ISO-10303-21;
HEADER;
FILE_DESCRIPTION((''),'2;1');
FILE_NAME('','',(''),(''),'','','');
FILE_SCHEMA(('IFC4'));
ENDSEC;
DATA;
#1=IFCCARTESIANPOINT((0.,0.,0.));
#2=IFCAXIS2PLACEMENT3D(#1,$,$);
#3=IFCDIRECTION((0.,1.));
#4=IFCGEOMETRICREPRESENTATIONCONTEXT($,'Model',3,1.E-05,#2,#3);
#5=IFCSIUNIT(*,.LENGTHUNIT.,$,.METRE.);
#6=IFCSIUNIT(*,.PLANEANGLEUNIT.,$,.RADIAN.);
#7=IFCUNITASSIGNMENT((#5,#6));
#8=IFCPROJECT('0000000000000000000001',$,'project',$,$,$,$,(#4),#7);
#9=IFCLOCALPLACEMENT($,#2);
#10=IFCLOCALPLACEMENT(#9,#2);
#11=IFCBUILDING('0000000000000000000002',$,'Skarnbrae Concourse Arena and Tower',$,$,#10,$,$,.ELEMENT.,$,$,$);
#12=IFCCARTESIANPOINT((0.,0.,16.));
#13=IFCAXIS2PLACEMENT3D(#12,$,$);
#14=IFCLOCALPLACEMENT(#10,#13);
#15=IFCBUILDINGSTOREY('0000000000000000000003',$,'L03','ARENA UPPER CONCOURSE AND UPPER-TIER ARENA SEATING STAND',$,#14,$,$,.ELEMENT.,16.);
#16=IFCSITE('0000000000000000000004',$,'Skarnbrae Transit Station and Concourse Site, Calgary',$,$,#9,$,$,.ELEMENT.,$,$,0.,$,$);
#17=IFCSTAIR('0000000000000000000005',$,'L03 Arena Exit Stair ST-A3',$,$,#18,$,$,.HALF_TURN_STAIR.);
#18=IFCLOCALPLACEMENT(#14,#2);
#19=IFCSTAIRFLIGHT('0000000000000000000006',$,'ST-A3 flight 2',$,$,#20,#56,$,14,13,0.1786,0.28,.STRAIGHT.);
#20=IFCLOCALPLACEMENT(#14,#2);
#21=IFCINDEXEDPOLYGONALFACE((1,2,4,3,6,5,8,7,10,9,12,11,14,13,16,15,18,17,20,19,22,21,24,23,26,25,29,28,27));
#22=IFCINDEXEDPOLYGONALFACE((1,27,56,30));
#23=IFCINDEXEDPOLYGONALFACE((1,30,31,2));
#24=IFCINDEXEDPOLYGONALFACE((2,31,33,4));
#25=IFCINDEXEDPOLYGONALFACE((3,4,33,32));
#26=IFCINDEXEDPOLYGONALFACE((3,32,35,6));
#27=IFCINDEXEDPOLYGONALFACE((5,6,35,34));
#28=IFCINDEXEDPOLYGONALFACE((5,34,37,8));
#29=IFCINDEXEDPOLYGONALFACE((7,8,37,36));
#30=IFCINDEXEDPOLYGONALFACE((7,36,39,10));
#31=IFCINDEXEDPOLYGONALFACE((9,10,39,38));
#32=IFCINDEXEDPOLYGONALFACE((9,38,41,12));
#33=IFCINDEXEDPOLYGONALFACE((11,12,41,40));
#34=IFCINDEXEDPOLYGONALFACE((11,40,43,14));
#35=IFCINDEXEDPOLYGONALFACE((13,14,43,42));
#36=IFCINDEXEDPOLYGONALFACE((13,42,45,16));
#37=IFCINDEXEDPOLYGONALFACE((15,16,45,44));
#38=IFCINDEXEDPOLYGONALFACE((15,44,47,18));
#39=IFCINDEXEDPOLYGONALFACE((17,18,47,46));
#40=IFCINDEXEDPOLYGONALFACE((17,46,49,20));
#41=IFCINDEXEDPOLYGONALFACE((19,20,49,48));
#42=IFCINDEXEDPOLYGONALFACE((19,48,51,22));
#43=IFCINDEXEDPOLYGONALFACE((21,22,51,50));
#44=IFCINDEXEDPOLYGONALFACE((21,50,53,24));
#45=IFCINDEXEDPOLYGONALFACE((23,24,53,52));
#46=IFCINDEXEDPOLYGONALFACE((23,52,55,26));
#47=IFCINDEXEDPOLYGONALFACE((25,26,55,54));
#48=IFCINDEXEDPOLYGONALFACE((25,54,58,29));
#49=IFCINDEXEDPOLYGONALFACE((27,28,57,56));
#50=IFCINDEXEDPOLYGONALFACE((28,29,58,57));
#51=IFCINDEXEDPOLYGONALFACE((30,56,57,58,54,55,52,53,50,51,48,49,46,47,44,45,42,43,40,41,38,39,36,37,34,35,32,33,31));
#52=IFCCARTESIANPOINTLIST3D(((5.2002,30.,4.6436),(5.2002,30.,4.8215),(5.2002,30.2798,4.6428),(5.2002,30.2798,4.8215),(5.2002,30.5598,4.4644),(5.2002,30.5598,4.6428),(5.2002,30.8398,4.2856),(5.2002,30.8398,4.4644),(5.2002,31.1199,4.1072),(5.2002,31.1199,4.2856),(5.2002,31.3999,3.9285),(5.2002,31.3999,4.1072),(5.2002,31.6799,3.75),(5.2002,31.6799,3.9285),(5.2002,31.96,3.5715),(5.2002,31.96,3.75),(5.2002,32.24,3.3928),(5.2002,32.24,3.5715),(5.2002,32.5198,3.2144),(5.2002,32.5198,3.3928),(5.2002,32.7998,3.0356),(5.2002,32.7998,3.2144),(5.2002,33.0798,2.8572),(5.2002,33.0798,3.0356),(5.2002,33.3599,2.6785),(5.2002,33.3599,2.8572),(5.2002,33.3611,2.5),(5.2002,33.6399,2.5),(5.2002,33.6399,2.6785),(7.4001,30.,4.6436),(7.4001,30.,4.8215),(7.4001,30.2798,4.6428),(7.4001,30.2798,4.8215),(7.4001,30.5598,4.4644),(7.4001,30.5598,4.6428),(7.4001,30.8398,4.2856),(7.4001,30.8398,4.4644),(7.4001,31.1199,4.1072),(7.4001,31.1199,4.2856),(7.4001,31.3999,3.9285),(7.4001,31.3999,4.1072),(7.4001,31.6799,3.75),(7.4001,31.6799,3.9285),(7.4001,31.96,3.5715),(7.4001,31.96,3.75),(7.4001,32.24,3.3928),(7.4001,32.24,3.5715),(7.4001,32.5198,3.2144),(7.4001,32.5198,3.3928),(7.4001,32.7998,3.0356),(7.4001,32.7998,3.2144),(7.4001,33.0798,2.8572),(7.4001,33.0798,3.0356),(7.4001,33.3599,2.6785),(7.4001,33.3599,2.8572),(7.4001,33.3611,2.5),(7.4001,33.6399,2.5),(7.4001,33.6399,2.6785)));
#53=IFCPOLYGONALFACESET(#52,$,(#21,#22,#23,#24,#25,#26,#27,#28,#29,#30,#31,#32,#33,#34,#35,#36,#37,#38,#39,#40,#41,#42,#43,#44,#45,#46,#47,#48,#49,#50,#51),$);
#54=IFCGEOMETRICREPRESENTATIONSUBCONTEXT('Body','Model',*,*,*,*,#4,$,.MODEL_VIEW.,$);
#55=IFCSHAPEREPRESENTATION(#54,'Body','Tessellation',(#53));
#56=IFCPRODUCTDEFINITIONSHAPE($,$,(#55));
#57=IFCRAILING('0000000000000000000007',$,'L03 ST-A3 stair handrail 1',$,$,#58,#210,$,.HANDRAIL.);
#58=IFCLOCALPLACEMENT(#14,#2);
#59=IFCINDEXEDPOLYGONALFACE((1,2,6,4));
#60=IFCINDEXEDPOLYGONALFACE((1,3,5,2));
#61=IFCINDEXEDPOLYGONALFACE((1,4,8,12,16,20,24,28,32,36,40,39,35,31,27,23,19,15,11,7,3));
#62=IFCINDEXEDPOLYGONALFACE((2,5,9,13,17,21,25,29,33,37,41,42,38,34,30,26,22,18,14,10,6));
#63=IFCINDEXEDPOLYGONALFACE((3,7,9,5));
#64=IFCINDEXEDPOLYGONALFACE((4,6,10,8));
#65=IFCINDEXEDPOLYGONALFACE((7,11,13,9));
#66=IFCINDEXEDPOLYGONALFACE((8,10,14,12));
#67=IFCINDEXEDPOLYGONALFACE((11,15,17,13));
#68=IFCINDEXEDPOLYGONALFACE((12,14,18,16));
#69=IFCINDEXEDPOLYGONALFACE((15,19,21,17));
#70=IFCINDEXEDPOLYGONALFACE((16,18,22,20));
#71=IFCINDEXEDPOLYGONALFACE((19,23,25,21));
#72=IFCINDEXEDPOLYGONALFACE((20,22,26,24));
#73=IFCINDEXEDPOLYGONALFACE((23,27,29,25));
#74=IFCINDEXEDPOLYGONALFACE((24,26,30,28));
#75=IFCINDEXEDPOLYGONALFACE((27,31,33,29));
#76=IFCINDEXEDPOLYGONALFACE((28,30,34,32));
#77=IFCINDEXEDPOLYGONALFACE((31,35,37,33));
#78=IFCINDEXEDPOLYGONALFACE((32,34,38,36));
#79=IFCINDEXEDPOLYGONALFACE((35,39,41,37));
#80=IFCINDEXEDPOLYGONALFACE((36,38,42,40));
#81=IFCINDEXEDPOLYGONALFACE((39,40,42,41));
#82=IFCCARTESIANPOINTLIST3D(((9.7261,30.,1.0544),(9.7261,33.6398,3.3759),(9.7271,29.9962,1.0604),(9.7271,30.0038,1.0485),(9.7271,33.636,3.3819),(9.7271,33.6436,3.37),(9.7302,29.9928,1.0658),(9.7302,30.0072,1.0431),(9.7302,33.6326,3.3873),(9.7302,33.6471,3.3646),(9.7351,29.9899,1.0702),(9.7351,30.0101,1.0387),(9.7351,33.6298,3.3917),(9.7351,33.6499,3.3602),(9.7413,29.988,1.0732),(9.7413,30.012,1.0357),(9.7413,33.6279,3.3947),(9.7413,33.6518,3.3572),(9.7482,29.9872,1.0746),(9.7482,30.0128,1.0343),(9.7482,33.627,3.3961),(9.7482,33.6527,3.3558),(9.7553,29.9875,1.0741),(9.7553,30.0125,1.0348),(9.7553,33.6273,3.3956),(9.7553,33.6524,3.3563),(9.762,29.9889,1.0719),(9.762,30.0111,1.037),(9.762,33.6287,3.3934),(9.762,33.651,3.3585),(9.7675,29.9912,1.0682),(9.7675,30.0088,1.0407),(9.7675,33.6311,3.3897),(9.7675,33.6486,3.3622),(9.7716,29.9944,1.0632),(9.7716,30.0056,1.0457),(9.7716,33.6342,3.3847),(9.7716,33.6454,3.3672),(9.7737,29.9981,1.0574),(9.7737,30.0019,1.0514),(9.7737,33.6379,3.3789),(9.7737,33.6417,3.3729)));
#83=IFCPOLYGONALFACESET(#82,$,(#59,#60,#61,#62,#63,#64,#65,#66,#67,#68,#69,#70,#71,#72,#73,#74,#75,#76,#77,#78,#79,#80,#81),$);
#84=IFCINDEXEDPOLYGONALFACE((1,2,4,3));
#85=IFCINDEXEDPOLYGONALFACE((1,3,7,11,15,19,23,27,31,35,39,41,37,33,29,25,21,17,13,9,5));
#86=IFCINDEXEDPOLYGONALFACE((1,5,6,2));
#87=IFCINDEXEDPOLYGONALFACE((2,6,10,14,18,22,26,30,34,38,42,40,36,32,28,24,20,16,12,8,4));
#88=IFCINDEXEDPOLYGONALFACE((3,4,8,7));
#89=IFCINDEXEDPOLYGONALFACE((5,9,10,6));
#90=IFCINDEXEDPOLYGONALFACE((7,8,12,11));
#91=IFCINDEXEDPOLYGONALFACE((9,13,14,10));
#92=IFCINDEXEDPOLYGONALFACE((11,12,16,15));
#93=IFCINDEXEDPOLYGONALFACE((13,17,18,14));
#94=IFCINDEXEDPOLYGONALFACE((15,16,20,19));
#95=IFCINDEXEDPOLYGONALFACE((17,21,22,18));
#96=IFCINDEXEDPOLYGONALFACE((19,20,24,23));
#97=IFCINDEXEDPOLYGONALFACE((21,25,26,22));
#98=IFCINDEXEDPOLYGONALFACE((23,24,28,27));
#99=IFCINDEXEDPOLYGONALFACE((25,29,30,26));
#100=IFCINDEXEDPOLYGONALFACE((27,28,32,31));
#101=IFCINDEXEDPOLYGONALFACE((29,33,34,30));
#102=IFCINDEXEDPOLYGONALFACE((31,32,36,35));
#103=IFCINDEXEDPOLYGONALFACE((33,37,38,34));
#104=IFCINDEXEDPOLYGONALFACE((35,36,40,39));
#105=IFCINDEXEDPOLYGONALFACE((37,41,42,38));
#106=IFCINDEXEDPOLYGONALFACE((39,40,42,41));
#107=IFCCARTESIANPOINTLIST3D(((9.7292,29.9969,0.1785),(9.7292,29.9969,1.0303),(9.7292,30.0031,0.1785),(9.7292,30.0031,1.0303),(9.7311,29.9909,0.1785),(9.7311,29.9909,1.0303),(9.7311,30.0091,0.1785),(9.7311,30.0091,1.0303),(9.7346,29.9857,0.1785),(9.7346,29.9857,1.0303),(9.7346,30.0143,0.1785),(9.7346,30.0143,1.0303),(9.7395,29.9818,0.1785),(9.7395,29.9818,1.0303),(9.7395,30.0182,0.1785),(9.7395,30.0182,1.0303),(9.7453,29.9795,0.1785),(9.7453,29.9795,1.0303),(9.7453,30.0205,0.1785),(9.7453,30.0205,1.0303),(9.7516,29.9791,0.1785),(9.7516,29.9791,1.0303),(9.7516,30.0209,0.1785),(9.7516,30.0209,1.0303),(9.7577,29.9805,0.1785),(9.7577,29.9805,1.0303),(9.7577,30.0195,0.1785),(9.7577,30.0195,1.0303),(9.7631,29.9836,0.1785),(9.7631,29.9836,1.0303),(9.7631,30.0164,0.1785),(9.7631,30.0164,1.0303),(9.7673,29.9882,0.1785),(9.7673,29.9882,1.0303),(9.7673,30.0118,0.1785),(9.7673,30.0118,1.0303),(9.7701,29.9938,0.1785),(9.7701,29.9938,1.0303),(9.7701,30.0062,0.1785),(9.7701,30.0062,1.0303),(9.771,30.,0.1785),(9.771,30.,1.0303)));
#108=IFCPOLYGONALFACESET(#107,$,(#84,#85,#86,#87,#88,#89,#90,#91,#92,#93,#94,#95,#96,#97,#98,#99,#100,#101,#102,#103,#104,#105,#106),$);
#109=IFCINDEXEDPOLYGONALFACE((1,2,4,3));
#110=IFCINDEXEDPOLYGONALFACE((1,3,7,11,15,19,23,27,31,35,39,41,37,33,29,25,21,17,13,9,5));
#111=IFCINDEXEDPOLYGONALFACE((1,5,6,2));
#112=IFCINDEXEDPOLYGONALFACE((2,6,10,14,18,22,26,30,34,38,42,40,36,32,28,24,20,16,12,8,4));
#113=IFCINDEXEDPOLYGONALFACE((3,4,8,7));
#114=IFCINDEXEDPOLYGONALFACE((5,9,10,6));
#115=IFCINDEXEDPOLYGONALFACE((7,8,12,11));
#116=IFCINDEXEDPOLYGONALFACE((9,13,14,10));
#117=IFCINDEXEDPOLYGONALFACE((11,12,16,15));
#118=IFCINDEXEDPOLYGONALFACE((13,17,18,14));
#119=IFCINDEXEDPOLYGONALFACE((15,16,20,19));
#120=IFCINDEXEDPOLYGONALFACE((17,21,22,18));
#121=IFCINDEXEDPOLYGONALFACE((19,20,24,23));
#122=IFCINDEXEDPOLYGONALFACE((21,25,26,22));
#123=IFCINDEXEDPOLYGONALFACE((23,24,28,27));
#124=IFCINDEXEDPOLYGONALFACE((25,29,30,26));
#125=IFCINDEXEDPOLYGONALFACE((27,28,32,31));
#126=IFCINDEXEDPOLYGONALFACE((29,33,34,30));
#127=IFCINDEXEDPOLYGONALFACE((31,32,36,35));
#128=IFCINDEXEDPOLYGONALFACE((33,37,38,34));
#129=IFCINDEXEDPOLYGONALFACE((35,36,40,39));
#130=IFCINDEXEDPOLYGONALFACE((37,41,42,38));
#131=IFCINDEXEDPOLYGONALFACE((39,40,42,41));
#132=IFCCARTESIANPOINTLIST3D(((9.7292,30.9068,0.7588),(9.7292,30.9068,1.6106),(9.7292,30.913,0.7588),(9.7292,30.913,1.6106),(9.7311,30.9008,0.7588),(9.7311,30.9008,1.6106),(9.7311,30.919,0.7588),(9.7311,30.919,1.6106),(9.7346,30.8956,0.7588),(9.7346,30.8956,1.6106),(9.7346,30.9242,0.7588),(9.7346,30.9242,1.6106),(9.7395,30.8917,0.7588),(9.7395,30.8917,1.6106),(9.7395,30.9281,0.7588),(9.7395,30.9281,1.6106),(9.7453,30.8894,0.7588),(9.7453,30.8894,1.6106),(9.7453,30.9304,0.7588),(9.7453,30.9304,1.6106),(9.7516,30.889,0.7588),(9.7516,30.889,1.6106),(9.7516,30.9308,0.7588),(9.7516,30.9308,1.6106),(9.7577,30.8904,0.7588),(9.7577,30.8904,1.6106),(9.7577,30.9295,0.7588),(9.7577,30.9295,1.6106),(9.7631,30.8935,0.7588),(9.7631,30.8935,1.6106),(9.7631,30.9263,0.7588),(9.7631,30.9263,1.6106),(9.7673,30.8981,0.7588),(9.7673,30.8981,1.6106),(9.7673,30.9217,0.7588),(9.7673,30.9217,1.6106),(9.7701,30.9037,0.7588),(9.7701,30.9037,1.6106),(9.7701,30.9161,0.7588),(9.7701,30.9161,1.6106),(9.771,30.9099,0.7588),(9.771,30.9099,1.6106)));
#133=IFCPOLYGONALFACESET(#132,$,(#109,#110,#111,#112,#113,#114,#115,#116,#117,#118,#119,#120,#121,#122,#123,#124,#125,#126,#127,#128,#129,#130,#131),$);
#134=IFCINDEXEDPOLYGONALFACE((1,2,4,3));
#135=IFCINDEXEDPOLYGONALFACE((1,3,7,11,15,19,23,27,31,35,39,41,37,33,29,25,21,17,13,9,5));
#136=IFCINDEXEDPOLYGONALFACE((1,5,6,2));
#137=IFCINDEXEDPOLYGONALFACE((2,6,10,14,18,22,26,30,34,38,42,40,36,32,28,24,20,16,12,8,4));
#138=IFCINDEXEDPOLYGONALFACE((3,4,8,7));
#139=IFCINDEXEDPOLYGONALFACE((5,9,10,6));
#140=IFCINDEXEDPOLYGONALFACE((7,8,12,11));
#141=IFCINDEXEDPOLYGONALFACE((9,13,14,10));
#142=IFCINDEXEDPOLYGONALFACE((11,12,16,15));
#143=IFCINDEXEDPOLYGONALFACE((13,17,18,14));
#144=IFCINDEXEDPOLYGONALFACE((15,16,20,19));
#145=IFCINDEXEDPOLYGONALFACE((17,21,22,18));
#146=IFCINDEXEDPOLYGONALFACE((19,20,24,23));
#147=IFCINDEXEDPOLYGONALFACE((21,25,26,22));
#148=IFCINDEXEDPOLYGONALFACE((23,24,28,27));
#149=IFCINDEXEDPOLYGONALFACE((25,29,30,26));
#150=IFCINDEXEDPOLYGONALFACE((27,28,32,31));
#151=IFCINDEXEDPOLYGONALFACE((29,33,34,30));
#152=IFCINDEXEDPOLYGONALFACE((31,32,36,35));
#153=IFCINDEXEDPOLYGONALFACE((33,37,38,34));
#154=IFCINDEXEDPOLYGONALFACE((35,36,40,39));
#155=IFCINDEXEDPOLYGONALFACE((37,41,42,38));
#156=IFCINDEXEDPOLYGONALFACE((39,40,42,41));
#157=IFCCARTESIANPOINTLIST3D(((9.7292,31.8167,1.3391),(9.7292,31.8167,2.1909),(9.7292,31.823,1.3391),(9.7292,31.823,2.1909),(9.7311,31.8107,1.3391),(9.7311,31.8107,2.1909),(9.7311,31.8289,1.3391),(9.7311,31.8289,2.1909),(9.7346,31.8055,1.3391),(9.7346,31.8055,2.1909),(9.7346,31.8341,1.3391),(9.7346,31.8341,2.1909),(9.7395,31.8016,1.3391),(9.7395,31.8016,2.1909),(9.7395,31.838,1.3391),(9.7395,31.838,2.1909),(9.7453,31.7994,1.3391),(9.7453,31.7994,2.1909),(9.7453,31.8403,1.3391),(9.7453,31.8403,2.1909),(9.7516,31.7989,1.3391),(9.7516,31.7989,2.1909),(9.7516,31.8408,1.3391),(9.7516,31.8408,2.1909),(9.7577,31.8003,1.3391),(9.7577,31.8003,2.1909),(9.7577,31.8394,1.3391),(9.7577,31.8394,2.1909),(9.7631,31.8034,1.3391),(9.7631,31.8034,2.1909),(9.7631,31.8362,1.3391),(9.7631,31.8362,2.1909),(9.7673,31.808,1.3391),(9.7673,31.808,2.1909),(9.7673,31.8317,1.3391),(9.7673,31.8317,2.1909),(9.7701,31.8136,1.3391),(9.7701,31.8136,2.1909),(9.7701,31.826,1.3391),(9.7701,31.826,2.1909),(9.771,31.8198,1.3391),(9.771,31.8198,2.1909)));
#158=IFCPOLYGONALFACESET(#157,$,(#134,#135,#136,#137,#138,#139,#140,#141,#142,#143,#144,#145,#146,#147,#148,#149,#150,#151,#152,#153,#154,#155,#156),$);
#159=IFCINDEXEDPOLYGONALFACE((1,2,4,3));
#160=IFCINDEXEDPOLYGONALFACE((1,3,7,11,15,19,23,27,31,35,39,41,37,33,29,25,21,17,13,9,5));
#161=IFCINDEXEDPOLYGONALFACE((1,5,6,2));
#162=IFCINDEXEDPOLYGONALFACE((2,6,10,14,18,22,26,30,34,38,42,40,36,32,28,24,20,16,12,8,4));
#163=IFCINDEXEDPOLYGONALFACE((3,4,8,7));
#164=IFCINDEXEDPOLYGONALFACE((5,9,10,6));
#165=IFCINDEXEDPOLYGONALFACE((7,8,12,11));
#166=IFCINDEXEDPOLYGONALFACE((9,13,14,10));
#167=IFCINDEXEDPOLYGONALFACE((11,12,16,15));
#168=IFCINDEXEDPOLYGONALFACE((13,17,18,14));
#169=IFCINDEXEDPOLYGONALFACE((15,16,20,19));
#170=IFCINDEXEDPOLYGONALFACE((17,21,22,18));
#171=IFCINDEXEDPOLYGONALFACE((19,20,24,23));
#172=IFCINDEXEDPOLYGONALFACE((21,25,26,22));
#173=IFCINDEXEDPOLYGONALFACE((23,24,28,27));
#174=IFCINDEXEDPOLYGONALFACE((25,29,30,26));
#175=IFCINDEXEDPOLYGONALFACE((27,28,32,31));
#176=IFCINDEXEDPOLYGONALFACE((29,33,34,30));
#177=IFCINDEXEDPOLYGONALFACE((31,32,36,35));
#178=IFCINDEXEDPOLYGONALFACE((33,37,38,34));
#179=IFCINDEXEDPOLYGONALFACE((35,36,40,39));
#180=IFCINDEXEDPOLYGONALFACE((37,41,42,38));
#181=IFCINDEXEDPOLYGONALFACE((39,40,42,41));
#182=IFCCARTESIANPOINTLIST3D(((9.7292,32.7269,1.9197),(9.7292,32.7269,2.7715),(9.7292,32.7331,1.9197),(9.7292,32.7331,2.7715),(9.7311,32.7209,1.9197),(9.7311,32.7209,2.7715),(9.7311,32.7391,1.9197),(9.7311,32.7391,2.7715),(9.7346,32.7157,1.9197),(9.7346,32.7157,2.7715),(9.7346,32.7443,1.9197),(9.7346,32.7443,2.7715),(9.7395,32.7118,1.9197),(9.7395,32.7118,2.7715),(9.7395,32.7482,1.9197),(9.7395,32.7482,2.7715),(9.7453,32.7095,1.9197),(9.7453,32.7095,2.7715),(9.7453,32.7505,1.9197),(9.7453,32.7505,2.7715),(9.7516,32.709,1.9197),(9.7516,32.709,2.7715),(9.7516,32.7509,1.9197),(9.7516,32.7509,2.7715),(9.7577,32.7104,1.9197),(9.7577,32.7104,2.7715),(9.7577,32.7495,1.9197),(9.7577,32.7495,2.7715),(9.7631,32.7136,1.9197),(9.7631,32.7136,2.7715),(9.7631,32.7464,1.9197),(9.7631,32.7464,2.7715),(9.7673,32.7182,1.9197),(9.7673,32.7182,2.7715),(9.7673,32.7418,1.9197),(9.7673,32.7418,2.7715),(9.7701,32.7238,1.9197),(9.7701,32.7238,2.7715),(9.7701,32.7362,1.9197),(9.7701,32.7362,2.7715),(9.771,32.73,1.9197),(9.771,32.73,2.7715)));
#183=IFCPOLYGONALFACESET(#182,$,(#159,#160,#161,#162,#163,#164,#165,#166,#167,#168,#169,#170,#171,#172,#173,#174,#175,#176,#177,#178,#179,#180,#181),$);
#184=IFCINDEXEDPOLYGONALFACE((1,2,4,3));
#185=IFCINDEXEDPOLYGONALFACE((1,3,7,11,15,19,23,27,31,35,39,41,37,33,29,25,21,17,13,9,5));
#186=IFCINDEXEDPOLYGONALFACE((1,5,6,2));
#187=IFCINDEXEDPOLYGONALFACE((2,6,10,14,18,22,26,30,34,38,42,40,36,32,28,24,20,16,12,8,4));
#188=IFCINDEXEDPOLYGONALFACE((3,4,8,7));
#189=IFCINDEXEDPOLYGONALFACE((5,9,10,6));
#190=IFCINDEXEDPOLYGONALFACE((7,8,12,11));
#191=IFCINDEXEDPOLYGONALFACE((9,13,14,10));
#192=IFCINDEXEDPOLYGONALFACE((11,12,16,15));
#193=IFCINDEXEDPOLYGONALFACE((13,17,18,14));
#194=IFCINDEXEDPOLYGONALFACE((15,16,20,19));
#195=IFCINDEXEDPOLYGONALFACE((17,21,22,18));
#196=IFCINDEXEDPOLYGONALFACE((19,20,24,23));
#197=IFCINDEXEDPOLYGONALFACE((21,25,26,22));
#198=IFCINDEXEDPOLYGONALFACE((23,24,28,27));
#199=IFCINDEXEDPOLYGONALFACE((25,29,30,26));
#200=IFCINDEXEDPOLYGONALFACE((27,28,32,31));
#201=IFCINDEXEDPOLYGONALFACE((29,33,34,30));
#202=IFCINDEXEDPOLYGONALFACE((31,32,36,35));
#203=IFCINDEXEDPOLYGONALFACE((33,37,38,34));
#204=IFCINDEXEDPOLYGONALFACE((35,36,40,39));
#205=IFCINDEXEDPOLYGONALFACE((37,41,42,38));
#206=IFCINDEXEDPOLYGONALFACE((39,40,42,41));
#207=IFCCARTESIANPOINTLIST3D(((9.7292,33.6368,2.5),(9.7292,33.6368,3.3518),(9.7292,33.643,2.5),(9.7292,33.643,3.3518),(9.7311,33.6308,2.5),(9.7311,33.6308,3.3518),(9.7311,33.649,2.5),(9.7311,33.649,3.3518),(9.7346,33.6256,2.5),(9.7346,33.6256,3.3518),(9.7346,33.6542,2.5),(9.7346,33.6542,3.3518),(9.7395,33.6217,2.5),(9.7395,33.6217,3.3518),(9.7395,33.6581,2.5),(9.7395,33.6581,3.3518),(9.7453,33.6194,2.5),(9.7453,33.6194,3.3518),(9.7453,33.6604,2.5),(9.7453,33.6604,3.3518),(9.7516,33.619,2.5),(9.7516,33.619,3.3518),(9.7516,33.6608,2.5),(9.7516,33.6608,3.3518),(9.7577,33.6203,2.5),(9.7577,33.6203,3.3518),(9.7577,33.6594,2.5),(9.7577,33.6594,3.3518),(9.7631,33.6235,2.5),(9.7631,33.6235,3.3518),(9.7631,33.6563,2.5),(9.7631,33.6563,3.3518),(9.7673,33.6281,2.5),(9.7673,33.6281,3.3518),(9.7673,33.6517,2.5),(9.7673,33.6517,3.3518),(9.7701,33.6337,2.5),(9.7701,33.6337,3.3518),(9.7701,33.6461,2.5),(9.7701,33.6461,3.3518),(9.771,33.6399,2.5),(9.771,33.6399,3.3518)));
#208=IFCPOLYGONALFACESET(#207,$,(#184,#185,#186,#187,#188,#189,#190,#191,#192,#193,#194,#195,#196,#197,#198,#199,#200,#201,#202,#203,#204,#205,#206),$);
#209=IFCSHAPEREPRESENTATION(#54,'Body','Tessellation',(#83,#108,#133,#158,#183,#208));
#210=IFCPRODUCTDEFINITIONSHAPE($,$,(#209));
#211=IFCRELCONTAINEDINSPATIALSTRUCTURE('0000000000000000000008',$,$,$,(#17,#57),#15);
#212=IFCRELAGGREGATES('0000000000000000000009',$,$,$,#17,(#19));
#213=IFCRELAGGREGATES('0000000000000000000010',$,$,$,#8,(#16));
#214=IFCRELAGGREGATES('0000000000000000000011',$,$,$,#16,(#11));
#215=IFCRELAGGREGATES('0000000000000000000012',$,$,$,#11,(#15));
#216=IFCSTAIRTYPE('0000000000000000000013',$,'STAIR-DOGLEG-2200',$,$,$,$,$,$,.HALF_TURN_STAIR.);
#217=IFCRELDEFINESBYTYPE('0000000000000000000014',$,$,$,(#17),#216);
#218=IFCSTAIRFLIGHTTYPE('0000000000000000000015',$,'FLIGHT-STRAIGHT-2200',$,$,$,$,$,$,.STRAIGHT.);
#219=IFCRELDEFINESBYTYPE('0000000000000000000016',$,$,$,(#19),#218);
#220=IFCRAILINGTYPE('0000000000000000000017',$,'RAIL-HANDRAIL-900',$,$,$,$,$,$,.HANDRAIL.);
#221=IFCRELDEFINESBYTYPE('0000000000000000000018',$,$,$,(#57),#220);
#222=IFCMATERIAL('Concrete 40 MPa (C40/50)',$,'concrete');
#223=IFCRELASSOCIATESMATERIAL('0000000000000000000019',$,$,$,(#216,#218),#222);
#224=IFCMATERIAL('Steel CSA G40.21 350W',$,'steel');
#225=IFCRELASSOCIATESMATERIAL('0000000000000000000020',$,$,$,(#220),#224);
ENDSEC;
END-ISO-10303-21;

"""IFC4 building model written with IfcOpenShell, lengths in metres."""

from ifc_helpers import new_model, si_unit, direction, frame, origin, origin_2d, place, context, subcontext, project, spatial, polyline, circle, outline, extrude, source, transform, mapped, material, type_object, element, aggregate, save


model = new_model("IFC4")

# Units and contexts
model_context = context("Model", 3, precision=1e-05, world=origin(), true_north=direction((0.0, 1.0)))
body_context = subcontext(model_context, "Body", "Model", "MODEL_VIEW")
ifc_project = project(units=[si_unit("LENGTHUNIT", "METRE"), si_unit("PLANEANGLEUNIT", "RADIAN")], contexts=[model_context])

# Site, building, storey
site_placement = place(None, origin())
site = spatial("IfcSite", under=ifc_project, at=site_placement, Name="Skarnbrae Transit Station and Concourse Site, Calgary", CompositionType="ELEMENT", RefElevation=0.0)
building_placement = place(site_placement, origin())
building = spatial("IfcBuilding", under=site, at=building_placement, Name="Skarnbrae Concourse Arena and Tower", CompositionType="ELEMENT")
storey_placement = place(building_placement, frame((0.0, 0.0, 16.0)))
storey = spatial("IfcBuildingStorey", under=building, at=storey_placement, Name="L03", Description="ARENA UPPER CONCOURSE AND UPPER-TIER ARENA SEATING STAND", CompositionType="ELEMENT", Elevation=16.0)

# Shared definitions
ifc_material_1 = material(Name="Steel CSA G40.21 350W", Category="steel")

# Stair, stair flight
ifc_material_2 = material(Name="Concrete 40 MPa (C40/50)", Category="concrete")
stair_type = type_object("IfcStairType", Name="STAIR-DOGLEG-2200", PredefinedType="HALF_TURN_STAIR", material=ifc_material_2)
stair_placement = place(storey_placement, origin())
stair = element("IfcStair", 1, at=stair_placement, inside=storey, type_object=stair_type, Name="L03 Arena Exit Stair ST-A3", PredefinedType="HALF_TURN_STAIR")
stair_flight_type = type_object("IfcStairFlightType", Name="FLIGHT-STRAIGHT-2200", PredefinedType="STRAIGHT", material=ifc_material_2)
shared_shape_1 = source(origin(), body_context, "Body", "SweptSolid", [
    extrude(outline(polyline([(0.0, 0.0), (0.0, 0.1785), (0.28, 0.1785), (0.28, 0.3572), (0.5601, 0.3572), (0.5601, 0.5356), (0.8401, 0.5356), (0.8401, 0.7144), (1.1201, 0.7144), (1.1201, 0.8928), (1.3999, 0.8928), (1.3999, 1.0715), (1.6799, 1.0715), (1.6799, 1.25), (1.96, 1.25), (1.96, 1.4285), (2.24, 1.4285), (2.24, 1.6072), (2.52, 1.6072), (2.52, 1.7856), (2.8, 1.7856), (2.8, 1.9644), (3.0801, 1.9644), (3.0801, 2.1428), (3.3601, 2.1428), (3.3601, 2.3215), (3.6399, 2.3215), (3.6399, 2.5), (3.6399, 2.1436), (0.2788, 0.0), (0.0, 0.0)])), frame((0.0, 1.1001, 0.0), z_axis=(0.0, -1.0, 0.0), x_axis=(1.0, 0.0, 0.0)), (0.0, 0.0, 1.0), 2.2),
])
stair_flight_1_placement = place(storey_placement, frame((6.3, 33.6399, 2.5), z_axis=(0.0, 0.0, 1.0), x_axis=(0.0, -1.0, 0.0)))
stair_flight_1 = element("IfcStairFlight", 2, at=stair_flight_1_placement, type_object=stair_flight_type, Name="ST-A3 flight 2", NumberOfRisers=14, NumberOfTreads=13, PredefinedType="STRAIGHT", RiserHeight=0.1786, TreadLength=0.28, context=body_context, shape_type="MappedRepresentation", body=[
    mapped(shared_shape_1, transform((0.0, 0.0, 0.0))),
])
aggregate(stair, [stair_flight_1])

# Railing
railing_type_1 = type_object("IfcRailingType", Name="RAIL-HANDRAIL-900", PredefinedType="HANDRAIL", material=ifc_material_1)
railing_1_placement = place(storey_placement, frame((9.75, 30.0, 0.1785)))
element("IfcRailing", 3, at=railing_1_placement, inside=storey, type_object=railing_type_1, Name="L03 ST-A3 stair handrail 1", PredefinedType="HANDRAIL", context=body_context, shape_type="SweptSolid", body=[
    extrude(circle(Radius=0.0239, at=origin_2d()), frame((0.0, 0.0, 0.876), z_axis=(0.0, 0.843112, 0.537739), x_axis=(-1.0, 0.0, 0.0)), (0.0, 0.0, 1.0), 4.3171),
    extrude(circle(Radius=0.021, at=origin_2d()), origin(), (0.0, 0.0, 1.0), 0.8518),
    extrude(circle(Radius=0.021, at=origin_2d()), frame((0.0, 0.9099, 0.5803)), (0.0, 0.0, 1.0), 0.8518),
    extrude(circle(Radius=0.021, at=origin_2d()), frame((0.0, 1.8198, 1.1606)), (0.0, 0.0, 1.0), 0.8518),
    extrude(circle(Radius=0.021, at=origin_2d()), frame((0.0, 2.73, 1.7412)), (0.0, 0.0, 1.0), 0.8518),
    extrude(circle(Radius=0.021, at=origin_2d()), frame((0.0, 3.6399, 2.3215)), (0.0, 0.0, 1.0), 0.8518),
])

save(model, "model.ifc")
